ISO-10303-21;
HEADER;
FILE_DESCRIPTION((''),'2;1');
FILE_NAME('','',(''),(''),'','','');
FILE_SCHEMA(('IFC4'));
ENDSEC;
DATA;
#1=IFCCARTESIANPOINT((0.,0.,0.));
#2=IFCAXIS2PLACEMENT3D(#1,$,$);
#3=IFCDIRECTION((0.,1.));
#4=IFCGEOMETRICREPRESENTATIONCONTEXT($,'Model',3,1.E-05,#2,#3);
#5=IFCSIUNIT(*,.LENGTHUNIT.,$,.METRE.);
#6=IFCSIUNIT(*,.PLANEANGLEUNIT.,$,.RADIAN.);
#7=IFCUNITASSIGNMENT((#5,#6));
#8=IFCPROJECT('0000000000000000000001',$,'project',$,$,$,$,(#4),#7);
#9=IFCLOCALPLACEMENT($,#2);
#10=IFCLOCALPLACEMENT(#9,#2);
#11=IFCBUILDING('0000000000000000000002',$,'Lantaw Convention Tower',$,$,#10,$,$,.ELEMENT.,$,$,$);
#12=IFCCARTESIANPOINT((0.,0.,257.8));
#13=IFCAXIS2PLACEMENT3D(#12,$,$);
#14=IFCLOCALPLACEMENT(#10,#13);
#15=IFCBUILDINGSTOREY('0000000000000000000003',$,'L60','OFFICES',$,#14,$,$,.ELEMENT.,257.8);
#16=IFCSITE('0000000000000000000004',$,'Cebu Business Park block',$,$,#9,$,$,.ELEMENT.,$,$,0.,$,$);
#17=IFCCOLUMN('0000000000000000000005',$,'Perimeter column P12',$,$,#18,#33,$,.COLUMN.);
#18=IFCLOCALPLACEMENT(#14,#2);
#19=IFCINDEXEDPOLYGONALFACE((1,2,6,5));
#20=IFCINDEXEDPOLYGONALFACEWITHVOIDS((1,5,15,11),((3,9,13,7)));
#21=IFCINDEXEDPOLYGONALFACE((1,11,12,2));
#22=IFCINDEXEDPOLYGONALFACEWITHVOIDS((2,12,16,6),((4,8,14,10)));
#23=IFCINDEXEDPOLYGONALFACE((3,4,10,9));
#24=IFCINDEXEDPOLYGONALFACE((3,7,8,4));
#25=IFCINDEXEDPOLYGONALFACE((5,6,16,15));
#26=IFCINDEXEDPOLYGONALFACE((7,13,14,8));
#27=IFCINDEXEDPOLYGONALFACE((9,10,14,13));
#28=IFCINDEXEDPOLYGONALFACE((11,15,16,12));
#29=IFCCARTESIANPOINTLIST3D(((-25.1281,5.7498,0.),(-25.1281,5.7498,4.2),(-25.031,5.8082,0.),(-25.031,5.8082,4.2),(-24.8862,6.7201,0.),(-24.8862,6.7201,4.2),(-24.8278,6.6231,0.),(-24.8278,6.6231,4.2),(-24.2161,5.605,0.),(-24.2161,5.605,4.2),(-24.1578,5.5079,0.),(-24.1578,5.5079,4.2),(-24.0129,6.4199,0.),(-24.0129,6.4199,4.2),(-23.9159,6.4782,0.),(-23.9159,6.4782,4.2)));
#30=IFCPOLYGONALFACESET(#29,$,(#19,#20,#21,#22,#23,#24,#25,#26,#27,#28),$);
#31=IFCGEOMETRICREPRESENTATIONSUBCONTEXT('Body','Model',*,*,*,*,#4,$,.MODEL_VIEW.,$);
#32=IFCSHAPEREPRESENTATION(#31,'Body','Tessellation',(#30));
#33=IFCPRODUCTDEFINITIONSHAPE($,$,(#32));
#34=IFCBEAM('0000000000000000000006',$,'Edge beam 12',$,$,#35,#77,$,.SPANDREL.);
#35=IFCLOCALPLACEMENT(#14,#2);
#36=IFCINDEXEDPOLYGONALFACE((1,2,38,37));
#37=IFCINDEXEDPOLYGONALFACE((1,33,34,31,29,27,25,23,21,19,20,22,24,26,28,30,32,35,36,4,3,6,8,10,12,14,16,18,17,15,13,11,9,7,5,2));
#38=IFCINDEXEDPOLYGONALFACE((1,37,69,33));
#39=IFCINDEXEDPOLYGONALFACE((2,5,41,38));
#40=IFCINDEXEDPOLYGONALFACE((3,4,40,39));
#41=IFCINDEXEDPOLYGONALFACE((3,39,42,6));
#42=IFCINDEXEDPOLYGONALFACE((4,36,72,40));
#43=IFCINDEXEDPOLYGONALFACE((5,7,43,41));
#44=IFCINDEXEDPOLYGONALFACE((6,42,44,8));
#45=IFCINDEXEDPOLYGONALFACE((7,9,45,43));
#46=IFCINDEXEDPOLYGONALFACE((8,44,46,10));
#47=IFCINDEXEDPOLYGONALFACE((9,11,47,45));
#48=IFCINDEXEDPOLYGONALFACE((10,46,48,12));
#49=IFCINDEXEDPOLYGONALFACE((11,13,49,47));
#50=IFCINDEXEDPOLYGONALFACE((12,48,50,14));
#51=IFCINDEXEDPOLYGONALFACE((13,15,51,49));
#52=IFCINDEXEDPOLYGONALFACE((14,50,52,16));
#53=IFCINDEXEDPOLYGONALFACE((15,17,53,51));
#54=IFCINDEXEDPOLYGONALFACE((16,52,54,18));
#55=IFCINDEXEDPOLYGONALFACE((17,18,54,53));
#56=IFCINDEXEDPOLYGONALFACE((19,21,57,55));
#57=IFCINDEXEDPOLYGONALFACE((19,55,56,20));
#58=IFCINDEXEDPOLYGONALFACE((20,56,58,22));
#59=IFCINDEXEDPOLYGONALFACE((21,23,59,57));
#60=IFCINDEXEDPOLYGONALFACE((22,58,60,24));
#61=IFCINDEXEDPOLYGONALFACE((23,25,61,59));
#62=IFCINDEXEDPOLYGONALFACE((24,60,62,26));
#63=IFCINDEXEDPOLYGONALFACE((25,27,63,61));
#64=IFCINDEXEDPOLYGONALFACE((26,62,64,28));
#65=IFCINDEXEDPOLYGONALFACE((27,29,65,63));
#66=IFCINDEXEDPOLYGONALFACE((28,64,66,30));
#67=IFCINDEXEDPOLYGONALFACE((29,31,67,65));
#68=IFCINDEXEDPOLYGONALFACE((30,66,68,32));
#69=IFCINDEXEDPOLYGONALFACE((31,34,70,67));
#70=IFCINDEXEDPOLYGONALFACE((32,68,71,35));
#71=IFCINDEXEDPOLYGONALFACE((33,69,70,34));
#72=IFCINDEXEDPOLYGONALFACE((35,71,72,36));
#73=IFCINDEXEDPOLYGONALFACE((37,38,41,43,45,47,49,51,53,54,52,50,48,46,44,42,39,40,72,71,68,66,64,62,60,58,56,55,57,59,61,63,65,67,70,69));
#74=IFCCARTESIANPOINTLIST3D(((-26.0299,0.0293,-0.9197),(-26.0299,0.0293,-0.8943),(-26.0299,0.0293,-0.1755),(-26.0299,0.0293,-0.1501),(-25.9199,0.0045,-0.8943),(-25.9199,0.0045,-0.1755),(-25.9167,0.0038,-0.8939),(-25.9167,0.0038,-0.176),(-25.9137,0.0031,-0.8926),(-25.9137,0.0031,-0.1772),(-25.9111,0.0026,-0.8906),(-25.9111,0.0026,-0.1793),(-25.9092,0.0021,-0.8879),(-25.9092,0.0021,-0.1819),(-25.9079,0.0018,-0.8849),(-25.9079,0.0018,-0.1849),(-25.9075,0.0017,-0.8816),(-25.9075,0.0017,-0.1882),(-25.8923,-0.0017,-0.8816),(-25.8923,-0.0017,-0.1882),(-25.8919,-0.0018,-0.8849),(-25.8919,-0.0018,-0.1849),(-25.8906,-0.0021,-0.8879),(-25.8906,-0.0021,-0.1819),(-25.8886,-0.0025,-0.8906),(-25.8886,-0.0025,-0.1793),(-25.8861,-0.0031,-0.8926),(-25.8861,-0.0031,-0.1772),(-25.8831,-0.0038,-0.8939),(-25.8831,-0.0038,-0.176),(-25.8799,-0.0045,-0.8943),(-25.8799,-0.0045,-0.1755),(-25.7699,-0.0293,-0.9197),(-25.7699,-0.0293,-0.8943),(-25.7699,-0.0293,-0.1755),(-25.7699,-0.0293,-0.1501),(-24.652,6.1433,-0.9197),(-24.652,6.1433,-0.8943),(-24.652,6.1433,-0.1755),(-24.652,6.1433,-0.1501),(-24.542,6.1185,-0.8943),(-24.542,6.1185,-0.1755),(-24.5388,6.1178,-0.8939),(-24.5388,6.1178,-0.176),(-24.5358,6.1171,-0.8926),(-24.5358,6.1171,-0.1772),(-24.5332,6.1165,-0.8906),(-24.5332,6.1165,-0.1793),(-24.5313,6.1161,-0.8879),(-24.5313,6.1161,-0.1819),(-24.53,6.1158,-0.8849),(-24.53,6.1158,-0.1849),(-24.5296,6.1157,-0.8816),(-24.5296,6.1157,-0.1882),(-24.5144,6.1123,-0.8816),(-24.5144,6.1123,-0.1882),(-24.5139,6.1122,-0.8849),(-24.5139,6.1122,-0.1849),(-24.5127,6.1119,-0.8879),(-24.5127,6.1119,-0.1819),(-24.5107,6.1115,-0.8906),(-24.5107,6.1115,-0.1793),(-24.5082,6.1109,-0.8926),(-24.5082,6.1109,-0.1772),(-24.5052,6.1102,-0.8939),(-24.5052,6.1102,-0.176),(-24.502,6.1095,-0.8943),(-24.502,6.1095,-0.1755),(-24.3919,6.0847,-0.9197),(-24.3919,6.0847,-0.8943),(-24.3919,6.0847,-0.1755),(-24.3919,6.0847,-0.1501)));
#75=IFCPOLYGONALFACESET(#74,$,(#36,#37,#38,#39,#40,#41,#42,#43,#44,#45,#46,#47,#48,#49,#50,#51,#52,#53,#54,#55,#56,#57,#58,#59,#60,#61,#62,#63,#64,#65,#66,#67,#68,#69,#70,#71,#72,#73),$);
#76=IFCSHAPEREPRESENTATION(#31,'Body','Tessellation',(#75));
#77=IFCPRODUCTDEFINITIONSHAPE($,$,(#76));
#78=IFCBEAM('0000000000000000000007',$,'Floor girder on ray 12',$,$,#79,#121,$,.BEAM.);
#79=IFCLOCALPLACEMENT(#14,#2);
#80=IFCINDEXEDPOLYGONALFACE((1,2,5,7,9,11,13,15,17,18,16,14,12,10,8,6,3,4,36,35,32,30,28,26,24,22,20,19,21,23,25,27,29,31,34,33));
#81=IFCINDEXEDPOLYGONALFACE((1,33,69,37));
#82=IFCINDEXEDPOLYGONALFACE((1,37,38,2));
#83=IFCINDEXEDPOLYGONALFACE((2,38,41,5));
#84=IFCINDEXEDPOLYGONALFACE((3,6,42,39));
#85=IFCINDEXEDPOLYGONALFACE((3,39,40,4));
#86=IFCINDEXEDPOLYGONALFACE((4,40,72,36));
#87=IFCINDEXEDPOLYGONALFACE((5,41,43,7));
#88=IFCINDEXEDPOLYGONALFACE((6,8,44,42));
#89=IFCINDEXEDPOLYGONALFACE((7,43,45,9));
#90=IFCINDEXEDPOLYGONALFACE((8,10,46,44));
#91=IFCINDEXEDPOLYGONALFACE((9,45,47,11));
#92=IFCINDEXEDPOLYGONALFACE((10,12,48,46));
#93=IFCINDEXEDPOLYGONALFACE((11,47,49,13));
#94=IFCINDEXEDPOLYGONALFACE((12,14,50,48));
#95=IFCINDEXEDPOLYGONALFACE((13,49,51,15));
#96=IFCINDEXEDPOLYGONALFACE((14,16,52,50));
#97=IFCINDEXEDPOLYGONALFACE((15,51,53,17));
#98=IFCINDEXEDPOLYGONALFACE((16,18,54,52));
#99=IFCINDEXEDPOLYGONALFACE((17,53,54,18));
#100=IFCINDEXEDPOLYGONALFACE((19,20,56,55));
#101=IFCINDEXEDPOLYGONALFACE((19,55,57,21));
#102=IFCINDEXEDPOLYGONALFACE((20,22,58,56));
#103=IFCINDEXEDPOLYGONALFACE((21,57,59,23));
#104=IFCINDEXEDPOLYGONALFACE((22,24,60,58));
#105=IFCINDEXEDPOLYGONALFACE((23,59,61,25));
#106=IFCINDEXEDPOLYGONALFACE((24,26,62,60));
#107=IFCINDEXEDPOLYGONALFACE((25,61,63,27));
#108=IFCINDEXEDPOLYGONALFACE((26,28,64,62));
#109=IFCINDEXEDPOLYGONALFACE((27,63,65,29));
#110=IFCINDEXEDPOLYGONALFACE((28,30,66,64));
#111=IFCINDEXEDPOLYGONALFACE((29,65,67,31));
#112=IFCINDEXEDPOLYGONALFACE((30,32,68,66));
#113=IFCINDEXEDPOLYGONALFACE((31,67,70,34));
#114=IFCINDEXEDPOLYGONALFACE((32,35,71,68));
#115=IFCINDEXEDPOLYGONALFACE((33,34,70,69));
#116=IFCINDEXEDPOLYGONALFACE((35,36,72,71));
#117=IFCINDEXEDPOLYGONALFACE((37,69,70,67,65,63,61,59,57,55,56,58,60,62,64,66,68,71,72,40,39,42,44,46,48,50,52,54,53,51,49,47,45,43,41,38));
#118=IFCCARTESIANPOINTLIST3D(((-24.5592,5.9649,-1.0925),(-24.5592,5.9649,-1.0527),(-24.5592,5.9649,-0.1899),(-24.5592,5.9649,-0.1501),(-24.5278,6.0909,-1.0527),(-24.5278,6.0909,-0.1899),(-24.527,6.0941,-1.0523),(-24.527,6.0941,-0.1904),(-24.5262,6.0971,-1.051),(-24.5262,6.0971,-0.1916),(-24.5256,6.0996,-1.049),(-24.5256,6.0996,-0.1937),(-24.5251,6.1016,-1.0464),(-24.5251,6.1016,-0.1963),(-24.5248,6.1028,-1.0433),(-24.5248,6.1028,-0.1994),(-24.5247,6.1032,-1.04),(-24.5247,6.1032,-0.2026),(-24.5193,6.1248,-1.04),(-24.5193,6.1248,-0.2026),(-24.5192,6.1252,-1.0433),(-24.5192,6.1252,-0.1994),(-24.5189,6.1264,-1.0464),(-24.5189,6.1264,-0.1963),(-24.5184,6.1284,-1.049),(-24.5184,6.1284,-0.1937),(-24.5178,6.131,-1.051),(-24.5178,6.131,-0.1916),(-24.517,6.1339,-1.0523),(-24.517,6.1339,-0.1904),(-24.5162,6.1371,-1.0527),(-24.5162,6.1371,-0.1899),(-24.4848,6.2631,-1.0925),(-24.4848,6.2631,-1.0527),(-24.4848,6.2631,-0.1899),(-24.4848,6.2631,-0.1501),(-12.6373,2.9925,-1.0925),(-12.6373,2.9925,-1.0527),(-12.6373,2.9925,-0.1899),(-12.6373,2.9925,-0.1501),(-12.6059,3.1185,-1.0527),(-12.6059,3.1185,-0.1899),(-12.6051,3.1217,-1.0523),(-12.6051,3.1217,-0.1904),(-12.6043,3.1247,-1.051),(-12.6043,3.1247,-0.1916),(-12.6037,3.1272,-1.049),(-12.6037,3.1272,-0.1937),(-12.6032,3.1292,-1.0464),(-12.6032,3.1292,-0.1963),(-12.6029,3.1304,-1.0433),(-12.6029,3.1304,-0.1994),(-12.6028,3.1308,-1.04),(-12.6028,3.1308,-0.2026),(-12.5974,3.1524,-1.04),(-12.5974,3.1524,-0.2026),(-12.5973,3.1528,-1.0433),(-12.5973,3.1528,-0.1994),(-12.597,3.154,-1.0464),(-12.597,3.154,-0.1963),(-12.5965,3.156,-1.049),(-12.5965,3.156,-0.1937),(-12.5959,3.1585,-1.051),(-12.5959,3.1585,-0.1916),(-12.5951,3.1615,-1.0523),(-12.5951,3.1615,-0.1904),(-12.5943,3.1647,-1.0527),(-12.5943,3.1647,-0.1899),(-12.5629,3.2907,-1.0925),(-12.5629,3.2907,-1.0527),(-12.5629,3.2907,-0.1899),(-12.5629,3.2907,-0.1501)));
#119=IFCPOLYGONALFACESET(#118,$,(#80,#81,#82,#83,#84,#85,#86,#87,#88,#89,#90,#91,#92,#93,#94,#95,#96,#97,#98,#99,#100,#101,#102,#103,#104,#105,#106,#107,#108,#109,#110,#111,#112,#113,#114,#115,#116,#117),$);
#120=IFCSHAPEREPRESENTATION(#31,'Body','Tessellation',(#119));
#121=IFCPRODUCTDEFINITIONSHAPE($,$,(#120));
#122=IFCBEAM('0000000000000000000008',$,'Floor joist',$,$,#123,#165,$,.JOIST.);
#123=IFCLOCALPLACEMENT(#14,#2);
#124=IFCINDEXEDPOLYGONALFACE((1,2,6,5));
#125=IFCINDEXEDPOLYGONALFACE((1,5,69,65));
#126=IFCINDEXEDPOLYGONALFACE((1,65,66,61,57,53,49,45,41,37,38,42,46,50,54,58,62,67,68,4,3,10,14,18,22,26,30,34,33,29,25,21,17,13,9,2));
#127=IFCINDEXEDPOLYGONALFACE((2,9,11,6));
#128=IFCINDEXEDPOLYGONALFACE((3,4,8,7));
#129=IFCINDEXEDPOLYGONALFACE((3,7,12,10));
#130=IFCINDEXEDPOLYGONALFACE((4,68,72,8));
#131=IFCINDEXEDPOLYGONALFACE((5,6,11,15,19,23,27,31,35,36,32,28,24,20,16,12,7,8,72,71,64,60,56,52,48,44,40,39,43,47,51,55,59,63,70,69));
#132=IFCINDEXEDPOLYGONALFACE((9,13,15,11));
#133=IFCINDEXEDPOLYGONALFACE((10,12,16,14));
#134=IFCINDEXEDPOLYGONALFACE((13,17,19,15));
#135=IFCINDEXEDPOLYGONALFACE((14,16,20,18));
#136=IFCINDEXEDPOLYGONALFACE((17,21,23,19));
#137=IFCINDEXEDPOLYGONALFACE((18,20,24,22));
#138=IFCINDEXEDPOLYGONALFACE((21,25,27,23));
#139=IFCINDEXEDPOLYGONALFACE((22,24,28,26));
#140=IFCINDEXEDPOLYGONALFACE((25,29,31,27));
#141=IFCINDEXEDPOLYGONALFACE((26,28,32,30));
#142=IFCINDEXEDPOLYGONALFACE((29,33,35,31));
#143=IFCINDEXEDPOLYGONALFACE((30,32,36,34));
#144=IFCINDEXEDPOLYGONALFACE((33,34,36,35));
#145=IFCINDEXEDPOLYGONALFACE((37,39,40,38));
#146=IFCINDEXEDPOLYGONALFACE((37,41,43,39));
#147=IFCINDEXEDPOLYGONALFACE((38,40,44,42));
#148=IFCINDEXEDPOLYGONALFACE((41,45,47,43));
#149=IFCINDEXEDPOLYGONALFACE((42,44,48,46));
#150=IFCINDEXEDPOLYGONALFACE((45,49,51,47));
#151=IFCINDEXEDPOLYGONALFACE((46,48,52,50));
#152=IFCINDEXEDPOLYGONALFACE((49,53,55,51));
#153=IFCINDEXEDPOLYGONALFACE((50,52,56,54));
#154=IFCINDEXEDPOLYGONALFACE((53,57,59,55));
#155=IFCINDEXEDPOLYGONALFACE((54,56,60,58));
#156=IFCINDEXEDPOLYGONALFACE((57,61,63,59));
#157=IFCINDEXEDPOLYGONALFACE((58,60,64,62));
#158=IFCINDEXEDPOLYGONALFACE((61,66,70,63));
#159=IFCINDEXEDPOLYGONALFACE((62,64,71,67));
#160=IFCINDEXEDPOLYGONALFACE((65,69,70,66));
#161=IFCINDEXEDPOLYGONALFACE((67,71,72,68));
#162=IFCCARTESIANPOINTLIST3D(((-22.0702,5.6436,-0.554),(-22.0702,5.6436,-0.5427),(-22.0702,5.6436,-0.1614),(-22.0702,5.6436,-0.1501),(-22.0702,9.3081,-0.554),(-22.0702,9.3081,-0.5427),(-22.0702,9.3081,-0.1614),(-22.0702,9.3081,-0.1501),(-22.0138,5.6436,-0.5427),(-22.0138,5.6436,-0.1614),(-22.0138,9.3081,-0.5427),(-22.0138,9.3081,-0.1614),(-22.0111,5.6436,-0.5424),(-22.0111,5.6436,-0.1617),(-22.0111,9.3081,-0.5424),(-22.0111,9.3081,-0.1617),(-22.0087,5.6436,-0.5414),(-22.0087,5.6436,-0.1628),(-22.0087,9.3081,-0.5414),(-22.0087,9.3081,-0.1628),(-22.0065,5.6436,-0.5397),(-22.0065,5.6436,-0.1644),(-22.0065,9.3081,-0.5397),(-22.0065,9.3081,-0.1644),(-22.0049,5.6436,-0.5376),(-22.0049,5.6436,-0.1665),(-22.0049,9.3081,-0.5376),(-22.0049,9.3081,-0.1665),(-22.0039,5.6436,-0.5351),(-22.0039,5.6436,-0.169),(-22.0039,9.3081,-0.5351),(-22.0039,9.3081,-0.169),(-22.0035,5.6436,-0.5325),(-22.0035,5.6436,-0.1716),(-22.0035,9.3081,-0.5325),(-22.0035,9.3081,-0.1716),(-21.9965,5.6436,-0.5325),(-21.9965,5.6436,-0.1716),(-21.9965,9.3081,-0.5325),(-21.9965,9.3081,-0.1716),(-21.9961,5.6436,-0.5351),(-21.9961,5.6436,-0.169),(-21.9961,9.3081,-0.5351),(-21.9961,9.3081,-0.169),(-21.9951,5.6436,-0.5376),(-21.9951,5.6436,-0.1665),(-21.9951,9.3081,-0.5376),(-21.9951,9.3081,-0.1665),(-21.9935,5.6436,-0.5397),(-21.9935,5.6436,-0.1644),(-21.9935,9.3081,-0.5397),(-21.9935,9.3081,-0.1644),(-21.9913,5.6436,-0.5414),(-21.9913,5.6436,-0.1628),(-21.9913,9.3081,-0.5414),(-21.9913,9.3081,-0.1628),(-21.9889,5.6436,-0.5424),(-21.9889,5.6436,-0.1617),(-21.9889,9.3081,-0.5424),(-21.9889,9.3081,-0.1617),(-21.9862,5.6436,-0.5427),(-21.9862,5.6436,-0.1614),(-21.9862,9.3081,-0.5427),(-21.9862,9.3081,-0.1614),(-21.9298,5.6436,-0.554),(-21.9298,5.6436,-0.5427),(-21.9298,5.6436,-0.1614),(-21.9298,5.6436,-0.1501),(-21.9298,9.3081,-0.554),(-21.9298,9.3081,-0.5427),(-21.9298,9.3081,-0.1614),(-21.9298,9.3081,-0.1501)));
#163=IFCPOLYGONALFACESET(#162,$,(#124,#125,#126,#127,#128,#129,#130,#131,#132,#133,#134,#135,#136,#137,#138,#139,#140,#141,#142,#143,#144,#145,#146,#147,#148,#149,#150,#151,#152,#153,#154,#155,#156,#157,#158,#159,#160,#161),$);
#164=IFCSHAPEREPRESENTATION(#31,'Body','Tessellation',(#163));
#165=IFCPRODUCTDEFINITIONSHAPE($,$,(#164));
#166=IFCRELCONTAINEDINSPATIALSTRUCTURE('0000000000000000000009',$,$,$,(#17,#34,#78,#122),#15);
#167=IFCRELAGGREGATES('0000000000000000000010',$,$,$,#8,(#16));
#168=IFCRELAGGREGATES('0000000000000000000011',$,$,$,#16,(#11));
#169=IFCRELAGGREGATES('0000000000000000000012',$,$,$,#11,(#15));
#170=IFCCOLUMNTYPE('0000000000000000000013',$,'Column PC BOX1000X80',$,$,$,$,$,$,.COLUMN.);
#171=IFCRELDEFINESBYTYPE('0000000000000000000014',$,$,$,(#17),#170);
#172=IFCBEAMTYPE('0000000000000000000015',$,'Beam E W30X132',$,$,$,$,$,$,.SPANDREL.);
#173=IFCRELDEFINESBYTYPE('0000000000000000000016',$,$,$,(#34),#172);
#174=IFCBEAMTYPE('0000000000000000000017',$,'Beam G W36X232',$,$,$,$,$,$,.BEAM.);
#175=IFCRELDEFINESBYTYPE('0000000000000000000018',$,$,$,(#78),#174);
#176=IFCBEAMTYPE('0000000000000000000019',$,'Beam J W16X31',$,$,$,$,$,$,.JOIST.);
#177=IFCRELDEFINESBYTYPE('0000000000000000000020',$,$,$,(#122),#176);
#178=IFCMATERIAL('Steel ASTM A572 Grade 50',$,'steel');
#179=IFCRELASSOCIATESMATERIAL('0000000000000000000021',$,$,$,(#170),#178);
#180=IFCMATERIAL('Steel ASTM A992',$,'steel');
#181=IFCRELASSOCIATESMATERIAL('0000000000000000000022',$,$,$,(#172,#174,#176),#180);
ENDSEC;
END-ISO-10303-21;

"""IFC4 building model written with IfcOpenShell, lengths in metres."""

from ifc_helpers import new_model, si_unit, direction, frame, origin, origin_2d, place, context, subcontext, project, spatial, rectangle, hollow_rectangle, i_section, extrude, material, material_profile, profile_set, type_object, element, save


model = new_model("IFC4")

# Units and contexts
model_context = context("Model", 3, precision=1e-05, world=origin(), true_north=direction((0.0, 1.0)))
body_context = subcontext(model_context, "Body", "Model", "MODEL_VIEW")
ifc_project = project(units=[si_unit("LENGTHUNIT", "METRE"), si_unit("PLANEANGLEUNIT", "RADIAN")], contexts=[model_context])

# Site, building, storey
site_placement = place(None, origin())
site = spatial("IfcSite", under=ifc_project, at=site_placement, Name="Cebu Business Park block", CompositionType="ELEMENT", RefElevation=0.0)
building_placement = place(site_placement, origin())
building = spatial("IfcBuilding", under=site, at=building_placement, Name="Lantaw Convention Tower", CompositionType="ELEMENT")
storey_placement = place(building_placement, frame((0.0, 0.0, 257.8)))
storey = spatial("IfcBuildingStorey", under=building, at=storey_placement, Name="L60", Description="OFFICES", CompositionType="ELEMENT", Elevation=257.8)

# Column
ifc_material_1 = material(Name="Steel ASTM A572 Grade 50", Category="steel")
ifc_material_profile_1 = material_profile(ifc_material_1, hollow_rectangle(XDim=1.0, YDim=1.0, WallThickness=0.0801, at=origin_2d()), Name="BOX1000X80")
ifc_material_2 = material(Name="Concrete C60/75", Category="concrete")
ifc_material_profile_2 = material_profile(ifc_material_2, rectangle(XDim=0.8401, YDim=0.8401, at=origin_2d()), Name="Concrete fill of BOX1000X80")
ifc_profile_set_1 = profile_set([ifc_material_profile_1, ifc_material_profile_2], Name="Steel ASTM A572 Grade 50")
column_type = type_object("IfcColumnType", Name="Column PC BOX1000X80", PredefinedType="COLUMN", material=ifc_profile_set_1)
column_placement = place(storey_placement, frame((-24.522, 6.114, 0.0), z_axis=(0.0, 0.0, 1.0), x_axis=(0.241922, 0.970296, 0.0)))
element("IfcColumn", 1, at=column_placement, inside=storey, type_object=column_type, Name="Perimeter column P12", PredefinedType="COLUMN", context=body_context, shape_type="SweptSolid", body=[
    extrude(hollow_rectangle(XDim=1.0, YDim=1.0, WallThickness=0.0801, at=origin_2d()), origin(), (0.0, 0.0, 1.0), 4.2),
])

# Beams
ifc_material_3 = material(Name="Steel ASTM A992", Category="steel")
ifc_material_profile_3 = material_profile(ifc_material_3, i_section(OverallWidth=0.2666, OverallDepth=0.7695, WebThickness=0.0156, FlangeThickness=0.0254, FilletRadius=0.0127, at=origin_2d()), Name="W30X132")
ifc_profile_set_2 = profile_set([ifc_material_profile_3], Name="Steel ASTM A992")
beam_type_1 = type_object("IfcBeamType", Name="Beam E W30X132", PredefinedType="SPANDREL", material=ifc_profile_set_2)
beam_1_placement = place(storey_placement, frame((-24.522, 6.114, -0.5349), z_axis=(-0.219858, -0.975532, 0.0), x_axis=(0.975532, -0.219858, 0.0)))
element("IfcBeam", 2, at=beam_1_placement, inside=storey, type_object=beam_type_1, Name="Edge beam 12", PredefinedType="SPANDREL", context=body_context, shape_type="SweptSolid", body=[
    extrude(i_section(OverallWidth=0.2666, OverallDepth=0.7695, WebThickness=0.0156, FlangeThickness=0.0254, FilletRadius=0.0127, at=origin_2d()), origin(), (0.0, 0.0, 1.0), 6.2673),
])
ifc_material_profile_4 = material_profile(ifc_material_3, i_section(OverallWidth=0.3074, OverallDepth=0.9424, WebThickness=0.0222, FlangeThickness=0.0398, FilletRadius=0.0127, at=origin_2d()), Name="W36X232")
ifc_profile_set_3 = profile_set([ifc_material_profile_4], Name="Steel ASTM A992")
beam_type_2 = type_object("IfcBeamType", Name="Beam G W36X232", PredefinedType="BEAM", material=ifc_profile_set_3)
beam_2_placement = place(storey_placement, frame((-12.6001, 3.1416, -0.6213), z_axis=(-0.970297, 0.241918, 0.0), x_axis=(-0.241918, -0.970297, 0.0)))
element("IfcBeam", 3, at=beam_2_placement, inside=storey, type_object=beam_type_2, Name="Floor girder on ray 12", PredefinedType="BEAM", context=body_context, shape_type="SweptSolid", body=[
    extrude(i_section(OverallWidth=0.3074, OverallDepth=0.9424, WebThickness=0.0222, FlangeThickness=0.0398, FilletRadius=0.0127, at=origin_2d()), origin(), (0.0, 0.0, 1.0), 12.2869),
])
ifc_material_profile_5 = material_profile(ifc_material_3, i_section(OverallWidth=0.1404, OverallDepth=0.4038, WebThickness=0.0071, FlangeThickness=0.0112, FilletRadius=0.0103, at=origin_2d()), Name="W16X31")
ifc_profile_set_4 = profile_set([ifc_material_profile_5], Name="Steel ASTM A992")
beam_type_3 = type_object("IfcBeamType", Name="Beam J W16X31", PredefinedType="JOIST", material=ifc_profile_set_4)
beam_3_placement = place(storey_placement, frame((-22.0, 5.6436, -0.3521), z_axis=(0.0, 1.0, 0.0), x_axis=(-1.0, 0.0, 0.0)))
element("IfcBeam", 4, at=beam_3_placement, inside=storey, type_object=beam_type_3, Name="Floor joist", PredefinedType="JOIST", context=body_context, shape_type="SweptSolid", body=[
    extrude(i_section(OverallWidth=0.1404, OverallDepth=0.4038, WebThickness=0.0071, FlangeThickness=0.0112, FilletRadius=0.0103, at=origin_2d()), origin(), (0.0, 0.0, 1.0), 3.6646),
])

save(model, "model.ifc")
